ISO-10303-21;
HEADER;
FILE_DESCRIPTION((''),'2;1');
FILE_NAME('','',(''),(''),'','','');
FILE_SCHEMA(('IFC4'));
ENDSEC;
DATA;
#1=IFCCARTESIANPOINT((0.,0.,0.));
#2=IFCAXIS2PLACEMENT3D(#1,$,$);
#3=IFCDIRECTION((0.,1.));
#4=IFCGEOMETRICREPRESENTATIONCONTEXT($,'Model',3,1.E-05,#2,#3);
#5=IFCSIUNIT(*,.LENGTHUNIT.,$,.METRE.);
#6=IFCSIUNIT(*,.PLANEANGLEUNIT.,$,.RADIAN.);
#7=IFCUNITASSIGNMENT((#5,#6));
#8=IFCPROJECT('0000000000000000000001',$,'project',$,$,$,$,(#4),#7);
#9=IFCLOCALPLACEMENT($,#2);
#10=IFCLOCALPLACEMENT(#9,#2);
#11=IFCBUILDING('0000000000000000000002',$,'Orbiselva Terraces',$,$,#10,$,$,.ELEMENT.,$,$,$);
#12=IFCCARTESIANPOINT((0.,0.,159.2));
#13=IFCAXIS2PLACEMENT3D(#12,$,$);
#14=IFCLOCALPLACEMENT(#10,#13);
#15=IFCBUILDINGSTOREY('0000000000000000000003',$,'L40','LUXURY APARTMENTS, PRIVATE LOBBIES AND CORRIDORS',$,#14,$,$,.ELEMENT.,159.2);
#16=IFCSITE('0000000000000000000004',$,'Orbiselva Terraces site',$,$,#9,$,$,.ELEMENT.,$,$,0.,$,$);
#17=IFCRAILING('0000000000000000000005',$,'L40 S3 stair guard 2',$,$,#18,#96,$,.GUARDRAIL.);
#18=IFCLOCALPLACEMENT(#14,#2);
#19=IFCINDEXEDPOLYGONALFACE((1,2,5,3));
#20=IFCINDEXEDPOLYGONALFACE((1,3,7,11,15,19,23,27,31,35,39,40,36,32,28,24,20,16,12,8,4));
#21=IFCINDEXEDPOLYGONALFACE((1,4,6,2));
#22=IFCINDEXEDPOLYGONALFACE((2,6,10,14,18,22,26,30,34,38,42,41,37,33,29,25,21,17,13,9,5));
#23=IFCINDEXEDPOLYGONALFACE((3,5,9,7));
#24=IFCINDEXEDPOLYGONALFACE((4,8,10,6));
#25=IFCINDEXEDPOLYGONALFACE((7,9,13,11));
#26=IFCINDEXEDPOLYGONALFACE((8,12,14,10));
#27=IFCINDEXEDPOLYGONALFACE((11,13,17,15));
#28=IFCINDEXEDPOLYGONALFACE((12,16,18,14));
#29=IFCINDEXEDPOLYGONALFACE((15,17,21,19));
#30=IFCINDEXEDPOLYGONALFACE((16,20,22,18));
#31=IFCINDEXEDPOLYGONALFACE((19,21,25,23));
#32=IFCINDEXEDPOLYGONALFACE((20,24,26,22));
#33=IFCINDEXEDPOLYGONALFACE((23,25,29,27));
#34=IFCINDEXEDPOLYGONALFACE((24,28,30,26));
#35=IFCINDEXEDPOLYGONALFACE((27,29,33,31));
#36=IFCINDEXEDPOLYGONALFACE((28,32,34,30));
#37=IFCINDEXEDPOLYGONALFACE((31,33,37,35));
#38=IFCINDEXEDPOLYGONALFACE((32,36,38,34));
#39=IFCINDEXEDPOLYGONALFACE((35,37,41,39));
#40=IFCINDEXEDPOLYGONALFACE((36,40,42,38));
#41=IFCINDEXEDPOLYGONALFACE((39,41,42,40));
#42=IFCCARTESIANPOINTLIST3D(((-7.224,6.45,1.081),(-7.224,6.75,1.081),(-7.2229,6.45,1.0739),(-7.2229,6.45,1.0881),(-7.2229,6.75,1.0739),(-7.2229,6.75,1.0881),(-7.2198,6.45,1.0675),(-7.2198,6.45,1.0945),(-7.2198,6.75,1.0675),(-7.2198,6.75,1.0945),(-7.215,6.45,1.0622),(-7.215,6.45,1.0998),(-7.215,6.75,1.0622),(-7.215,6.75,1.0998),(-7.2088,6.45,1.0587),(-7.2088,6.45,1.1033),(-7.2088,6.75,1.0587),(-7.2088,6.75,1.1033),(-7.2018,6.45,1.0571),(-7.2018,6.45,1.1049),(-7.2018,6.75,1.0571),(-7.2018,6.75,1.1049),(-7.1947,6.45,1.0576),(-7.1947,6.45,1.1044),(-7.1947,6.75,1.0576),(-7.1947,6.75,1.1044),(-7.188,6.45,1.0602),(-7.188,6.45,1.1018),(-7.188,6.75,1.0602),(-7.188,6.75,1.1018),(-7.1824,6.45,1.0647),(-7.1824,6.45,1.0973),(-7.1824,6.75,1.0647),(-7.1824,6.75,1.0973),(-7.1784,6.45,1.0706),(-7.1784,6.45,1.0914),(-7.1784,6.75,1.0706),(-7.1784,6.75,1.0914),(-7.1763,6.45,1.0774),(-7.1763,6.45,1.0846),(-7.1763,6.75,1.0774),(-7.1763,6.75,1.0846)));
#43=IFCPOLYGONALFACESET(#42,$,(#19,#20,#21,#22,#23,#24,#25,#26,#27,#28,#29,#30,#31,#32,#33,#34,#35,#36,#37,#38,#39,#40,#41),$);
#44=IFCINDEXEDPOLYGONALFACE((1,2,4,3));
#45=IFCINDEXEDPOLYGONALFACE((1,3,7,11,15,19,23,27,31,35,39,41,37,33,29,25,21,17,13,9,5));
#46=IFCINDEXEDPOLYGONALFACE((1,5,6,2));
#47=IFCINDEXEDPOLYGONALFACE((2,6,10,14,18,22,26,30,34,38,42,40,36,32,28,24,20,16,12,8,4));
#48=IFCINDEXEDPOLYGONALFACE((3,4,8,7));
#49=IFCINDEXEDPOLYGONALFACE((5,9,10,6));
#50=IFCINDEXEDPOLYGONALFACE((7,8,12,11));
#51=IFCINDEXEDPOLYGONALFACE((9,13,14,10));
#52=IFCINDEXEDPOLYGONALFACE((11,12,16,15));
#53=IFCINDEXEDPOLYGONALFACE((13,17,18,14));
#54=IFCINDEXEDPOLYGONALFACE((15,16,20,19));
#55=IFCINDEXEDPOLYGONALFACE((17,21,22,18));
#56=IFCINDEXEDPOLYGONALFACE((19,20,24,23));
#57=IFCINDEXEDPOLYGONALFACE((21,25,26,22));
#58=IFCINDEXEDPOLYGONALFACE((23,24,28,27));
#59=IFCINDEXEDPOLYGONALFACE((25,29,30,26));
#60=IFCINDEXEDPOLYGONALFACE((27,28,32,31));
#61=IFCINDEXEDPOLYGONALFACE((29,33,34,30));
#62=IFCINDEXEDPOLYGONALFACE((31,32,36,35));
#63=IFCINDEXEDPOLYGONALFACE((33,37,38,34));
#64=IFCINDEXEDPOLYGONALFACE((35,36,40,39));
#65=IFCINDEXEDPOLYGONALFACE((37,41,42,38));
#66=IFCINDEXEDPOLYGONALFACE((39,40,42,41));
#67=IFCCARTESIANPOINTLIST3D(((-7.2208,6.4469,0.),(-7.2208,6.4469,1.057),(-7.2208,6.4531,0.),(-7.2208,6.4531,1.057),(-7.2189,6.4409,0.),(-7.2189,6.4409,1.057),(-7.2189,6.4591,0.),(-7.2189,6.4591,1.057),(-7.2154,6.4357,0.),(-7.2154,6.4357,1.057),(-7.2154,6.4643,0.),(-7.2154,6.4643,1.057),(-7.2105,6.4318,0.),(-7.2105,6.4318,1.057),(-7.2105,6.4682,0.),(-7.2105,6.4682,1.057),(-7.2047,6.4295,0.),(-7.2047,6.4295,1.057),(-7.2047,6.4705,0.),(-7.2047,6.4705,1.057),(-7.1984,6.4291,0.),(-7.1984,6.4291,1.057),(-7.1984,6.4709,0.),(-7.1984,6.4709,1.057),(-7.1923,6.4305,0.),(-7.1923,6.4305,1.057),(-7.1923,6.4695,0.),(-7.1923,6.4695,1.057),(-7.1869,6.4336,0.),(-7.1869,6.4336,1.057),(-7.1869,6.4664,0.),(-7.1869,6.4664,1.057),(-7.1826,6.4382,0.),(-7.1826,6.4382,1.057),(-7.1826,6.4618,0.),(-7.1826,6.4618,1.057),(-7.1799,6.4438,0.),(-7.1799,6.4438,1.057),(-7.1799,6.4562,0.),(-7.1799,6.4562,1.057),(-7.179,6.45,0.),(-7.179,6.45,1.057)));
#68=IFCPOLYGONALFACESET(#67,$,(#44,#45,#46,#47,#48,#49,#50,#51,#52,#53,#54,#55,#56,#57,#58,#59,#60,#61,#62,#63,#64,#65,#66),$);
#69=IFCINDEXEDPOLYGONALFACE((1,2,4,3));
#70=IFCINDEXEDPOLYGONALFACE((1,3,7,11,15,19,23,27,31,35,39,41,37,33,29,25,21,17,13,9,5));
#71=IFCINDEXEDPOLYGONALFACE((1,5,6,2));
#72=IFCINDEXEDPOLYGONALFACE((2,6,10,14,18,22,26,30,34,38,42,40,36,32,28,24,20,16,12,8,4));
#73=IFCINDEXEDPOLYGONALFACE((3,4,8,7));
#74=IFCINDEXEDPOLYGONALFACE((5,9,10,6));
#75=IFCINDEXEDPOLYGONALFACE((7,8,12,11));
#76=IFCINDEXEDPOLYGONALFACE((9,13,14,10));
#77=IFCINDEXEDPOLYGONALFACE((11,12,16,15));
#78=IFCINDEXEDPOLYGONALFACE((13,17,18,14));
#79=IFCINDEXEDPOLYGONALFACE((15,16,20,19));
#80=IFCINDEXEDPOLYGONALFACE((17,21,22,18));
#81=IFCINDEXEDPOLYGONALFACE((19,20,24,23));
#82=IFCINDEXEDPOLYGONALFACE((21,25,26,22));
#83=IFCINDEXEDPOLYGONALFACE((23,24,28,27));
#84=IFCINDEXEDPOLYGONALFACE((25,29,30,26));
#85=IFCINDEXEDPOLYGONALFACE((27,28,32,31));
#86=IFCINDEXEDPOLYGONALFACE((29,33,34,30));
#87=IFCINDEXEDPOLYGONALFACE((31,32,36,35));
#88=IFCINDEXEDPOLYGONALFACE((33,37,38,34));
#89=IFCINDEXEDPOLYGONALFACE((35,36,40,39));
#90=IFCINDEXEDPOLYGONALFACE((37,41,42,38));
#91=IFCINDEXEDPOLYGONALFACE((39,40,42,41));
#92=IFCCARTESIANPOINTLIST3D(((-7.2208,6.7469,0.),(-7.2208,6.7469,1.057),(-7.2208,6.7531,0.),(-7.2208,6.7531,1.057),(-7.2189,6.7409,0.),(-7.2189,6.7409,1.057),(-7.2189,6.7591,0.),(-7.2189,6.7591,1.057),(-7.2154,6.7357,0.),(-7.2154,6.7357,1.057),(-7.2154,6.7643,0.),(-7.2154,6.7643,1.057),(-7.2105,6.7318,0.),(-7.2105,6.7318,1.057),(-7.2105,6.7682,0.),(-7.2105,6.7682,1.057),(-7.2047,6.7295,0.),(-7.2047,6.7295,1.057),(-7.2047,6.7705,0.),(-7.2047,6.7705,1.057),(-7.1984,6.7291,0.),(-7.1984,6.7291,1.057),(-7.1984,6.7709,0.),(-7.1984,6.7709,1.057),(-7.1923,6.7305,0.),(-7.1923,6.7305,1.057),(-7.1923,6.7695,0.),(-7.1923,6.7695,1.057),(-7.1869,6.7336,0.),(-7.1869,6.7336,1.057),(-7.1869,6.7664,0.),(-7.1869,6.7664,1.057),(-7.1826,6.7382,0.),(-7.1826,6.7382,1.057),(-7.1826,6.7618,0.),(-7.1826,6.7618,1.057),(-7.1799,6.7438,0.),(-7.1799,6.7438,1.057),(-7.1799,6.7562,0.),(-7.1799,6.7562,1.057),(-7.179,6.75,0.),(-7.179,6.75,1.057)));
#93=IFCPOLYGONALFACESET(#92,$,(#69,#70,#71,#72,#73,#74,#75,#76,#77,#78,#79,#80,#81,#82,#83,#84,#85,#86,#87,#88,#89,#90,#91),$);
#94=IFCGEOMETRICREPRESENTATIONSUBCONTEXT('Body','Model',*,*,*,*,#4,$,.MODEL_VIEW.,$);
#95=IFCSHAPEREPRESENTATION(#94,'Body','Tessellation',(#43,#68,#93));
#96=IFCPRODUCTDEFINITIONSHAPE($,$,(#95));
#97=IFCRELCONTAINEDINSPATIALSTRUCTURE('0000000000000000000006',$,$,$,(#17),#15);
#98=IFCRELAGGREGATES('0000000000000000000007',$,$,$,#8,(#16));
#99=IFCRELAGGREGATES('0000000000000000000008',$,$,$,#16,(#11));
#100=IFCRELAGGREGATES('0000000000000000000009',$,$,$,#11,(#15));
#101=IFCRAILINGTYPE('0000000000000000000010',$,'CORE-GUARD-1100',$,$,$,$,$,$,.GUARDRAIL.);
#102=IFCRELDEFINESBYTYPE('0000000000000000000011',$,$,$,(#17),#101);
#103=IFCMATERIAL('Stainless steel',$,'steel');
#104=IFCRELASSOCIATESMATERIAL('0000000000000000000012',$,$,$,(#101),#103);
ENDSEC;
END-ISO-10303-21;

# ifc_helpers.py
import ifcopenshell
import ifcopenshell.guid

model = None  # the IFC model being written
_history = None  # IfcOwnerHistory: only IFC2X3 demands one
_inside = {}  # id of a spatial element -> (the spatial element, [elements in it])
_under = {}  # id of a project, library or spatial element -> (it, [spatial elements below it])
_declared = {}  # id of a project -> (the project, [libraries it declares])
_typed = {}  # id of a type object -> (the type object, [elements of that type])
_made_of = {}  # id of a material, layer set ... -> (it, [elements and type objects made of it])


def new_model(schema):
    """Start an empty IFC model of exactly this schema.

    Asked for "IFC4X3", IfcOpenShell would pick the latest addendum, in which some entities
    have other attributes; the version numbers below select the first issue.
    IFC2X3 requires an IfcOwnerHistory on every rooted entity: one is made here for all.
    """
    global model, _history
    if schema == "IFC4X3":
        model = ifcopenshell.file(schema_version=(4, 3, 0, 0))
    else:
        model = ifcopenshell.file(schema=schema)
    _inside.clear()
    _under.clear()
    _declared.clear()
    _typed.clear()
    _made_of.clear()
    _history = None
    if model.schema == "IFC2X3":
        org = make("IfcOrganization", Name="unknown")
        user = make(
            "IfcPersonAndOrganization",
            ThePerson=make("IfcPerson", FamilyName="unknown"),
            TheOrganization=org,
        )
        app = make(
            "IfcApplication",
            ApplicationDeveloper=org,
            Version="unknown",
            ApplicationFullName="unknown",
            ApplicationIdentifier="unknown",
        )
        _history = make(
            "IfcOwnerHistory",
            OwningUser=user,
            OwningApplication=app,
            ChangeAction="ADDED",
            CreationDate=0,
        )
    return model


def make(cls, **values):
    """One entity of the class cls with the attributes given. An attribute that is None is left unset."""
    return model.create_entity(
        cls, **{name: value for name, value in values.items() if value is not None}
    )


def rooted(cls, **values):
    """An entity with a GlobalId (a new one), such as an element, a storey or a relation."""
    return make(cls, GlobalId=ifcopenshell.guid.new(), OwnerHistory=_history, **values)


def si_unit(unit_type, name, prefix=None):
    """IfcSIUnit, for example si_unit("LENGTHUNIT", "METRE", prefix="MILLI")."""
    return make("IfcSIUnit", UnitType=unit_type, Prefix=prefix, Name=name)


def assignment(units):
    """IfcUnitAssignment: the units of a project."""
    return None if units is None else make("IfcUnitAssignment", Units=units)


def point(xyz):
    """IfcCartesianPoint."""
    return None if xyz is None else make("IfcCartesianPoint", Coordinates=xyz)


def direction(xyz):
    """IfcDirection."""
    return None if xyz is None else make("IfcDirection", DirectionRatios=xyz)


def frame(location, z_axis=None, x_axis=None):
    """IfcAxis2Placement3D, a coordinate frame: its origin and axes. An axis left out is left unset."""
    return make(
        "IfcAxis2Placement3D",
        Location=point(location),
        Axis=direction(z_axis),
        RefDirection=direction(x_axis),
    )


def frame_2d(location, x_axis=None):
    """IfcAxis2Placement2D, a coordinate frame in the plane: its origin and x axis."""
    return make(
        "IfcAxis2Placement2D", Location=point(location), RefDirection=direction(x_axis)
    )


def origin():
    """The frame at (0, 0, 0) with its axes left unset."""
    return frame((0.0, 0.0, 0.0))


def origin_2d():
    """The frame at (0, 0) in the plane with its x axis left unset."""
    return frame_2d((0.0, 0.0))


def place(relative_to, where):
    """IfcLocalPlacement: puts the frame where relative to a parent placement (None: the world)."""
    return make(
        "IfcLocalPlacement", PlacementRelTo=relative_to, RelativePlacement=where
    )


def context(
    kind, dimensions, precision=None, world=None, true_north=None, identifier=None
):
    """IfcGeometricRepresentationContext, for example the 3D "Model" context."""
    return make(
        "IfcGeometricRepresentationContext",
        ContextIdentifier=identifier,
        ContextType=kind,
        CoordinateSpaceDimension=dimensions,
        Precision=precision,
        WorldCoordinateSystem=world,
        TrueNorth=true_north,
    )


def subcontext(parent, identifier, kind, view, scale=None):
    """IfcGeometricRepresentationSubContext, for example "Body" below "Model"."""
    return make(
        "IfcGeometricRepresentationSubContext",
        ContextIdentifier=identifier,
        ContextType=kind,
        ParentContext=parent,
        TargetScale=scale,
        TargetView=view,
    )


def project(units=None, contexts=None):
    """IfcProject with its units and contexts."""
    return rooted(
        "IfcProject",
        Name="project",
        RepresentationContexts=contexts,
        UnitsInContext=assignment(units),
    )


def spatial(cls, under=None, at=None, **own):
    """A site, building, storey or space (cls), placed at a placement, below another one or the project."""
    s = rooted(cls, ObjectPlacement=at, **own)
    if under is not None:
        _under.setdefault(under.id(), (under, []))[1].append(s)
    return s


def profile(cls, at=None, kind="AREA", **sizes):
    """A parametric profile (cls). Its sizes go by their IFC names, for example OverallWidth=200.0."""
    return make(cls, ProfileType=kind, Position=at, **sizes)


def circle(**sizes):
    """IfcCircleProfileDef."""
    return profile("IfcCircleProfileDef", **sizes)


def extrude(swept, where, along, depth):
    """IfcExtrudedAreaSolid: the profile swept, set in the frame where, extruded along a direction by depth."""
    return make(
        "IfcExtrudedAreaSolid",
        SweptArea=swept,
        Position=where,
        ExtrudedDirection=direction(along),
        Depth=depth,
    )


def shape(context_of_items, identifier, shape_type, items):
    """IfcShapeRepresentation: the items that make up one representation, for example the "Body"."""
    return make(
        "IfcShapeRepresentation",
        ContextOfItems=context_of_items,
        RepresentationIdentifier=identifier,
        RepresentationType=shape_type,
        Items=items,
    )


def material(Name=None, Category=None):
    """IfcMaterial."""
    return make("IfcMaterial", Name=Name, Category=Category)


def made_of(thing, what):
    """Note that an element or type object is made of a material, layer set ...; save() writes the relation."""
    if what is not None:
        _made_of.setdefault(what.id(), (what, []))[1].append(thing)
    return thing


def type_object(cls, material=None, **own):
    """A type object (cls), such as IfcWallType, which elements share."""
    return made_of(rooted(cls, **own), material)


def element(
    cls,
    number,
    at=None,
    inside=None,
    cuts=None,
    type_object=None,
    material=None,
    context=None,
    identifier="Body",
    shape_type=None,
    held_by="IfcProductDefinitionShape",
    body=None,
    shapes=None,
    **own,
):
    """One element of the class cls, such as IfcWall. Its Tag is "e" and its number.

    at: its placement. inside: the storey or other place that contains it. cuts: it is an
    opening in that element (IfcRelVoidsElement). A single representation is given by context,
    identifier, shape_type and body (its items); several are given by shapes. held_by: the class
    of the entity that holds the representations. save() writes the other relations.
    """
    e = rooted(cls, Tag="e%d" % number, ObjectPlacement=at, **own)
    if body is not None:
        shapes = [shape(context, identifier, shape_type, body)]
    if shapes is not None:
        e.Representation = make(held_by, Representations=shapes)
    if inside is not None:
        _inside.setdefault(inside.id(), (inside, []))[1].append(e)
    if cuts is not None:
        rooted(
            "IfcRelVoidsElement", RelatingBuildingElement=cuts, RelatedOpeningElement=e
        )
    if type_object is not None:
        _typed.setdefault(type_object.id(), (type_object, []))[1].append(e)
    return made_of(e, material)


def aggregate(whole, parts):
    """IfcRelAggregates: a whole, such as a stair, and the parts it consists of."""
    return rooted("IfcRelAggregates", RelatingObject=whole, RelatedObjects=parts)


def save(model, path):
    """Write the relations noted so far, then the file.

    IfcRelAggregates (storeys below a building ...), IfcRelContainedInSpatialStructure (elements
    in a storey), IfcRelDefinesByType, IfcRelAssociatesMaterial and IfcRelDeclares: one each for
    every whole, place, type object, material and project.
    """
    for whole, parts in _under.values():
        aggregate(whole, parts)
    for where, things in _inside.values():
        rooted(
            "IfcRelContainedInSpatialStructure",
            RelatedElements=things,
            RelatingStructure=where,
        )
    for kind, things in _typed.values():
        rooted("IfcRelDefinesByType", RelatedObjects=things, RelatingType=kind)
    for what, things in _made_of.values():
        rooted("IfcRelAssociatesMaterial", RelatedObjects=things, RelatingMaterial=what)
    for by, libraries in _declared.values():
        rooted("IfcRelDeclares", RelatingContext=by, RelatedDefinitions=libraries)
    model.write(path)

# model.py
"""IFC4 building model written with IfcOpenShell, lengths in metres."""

from ifc_helpers import new_model, si_unit, direction, frame, origin, origin_2d, place, context, subcontext, project, spatial, circle, extrude, material, type_object, element, save


model = new_model("IFC4")

# Units and contexts
model_context = context("Model", 3, precision=1e-05, world=origin(), true_north=direction((0.0, 1.0)))
body_context = subcontext(model_context, "Body", "Model", "MODEL_VIEW")
ifc_project = project(units=[si_unit("LENGTHUNIT", "METRE"), si_unit("PLANEANGLEUNIT", "RADIAN")], contexts=[model_context])

# Site, building, storey
site_placement = place(None, origin())
site = spatial("IfcSite", under=ifc_project, at=site_placement, Name="Orbiselva Terraces site", CompositionType="ELEMENT", RefElevation=0.0)
building_placement = place(site_placement, origin())
building = spatial("IfcBuilding", under=site, at=building_placement, Name="Orbiselva Terraces", CompositionType="ELEMENT")
storey_placement = place(building_placement, frame((0.0, 0.0, 159.2)))
storey = spatial("IfcBuildingStorey", under=building, at=storey_placement, Name="L40", Description="LUXURY APARTMENTS, PRIVATE LOBBIES AND CORRIDORS", CompositionType="ELEMENT", Elevation=159.2)

# Railing
ifc_material_1 = material(Name="Stainless steel", Category="steel")
railing_type_1 = type_object("IfcRailingType", Name="CORE-GUARD-1100", PredefinedType="GUARDRAIL", material=ifc_material_1)
railing_1_placement = place(storey_placement, frame((-7.2, 6.45, 0.0)))
element("IfcRailing", 1, at=railing_1_placement, inside=storey, type_object=railing_type_1, Name="L40 S3 stair guard 2", PredefinedType="GUARDRAIL", context=body_context, shape_type="SweptSolid", body=[
    extrude(circle(Radius=0.024, at=origin_2d()), frame((0.0, 0.0, 1.081), z_axis=(0.0, 1.0, 0.0), x_axis=(-1.0, 0.0, 0.0)), (0.0, 0.0, 1.0), 0.3),
    extrude(circle(Radius=0.021, at=origin_2d()), origin(), (0.0, 0.0, 1.0), 1.057),
    extrude(circle(Radius=0.021, at=origin_2d()), frame((0.0, 0.3, 0.0)), (0.0, 0.0, 1.0), 1.057),
])

save(model, "model.ifc")
